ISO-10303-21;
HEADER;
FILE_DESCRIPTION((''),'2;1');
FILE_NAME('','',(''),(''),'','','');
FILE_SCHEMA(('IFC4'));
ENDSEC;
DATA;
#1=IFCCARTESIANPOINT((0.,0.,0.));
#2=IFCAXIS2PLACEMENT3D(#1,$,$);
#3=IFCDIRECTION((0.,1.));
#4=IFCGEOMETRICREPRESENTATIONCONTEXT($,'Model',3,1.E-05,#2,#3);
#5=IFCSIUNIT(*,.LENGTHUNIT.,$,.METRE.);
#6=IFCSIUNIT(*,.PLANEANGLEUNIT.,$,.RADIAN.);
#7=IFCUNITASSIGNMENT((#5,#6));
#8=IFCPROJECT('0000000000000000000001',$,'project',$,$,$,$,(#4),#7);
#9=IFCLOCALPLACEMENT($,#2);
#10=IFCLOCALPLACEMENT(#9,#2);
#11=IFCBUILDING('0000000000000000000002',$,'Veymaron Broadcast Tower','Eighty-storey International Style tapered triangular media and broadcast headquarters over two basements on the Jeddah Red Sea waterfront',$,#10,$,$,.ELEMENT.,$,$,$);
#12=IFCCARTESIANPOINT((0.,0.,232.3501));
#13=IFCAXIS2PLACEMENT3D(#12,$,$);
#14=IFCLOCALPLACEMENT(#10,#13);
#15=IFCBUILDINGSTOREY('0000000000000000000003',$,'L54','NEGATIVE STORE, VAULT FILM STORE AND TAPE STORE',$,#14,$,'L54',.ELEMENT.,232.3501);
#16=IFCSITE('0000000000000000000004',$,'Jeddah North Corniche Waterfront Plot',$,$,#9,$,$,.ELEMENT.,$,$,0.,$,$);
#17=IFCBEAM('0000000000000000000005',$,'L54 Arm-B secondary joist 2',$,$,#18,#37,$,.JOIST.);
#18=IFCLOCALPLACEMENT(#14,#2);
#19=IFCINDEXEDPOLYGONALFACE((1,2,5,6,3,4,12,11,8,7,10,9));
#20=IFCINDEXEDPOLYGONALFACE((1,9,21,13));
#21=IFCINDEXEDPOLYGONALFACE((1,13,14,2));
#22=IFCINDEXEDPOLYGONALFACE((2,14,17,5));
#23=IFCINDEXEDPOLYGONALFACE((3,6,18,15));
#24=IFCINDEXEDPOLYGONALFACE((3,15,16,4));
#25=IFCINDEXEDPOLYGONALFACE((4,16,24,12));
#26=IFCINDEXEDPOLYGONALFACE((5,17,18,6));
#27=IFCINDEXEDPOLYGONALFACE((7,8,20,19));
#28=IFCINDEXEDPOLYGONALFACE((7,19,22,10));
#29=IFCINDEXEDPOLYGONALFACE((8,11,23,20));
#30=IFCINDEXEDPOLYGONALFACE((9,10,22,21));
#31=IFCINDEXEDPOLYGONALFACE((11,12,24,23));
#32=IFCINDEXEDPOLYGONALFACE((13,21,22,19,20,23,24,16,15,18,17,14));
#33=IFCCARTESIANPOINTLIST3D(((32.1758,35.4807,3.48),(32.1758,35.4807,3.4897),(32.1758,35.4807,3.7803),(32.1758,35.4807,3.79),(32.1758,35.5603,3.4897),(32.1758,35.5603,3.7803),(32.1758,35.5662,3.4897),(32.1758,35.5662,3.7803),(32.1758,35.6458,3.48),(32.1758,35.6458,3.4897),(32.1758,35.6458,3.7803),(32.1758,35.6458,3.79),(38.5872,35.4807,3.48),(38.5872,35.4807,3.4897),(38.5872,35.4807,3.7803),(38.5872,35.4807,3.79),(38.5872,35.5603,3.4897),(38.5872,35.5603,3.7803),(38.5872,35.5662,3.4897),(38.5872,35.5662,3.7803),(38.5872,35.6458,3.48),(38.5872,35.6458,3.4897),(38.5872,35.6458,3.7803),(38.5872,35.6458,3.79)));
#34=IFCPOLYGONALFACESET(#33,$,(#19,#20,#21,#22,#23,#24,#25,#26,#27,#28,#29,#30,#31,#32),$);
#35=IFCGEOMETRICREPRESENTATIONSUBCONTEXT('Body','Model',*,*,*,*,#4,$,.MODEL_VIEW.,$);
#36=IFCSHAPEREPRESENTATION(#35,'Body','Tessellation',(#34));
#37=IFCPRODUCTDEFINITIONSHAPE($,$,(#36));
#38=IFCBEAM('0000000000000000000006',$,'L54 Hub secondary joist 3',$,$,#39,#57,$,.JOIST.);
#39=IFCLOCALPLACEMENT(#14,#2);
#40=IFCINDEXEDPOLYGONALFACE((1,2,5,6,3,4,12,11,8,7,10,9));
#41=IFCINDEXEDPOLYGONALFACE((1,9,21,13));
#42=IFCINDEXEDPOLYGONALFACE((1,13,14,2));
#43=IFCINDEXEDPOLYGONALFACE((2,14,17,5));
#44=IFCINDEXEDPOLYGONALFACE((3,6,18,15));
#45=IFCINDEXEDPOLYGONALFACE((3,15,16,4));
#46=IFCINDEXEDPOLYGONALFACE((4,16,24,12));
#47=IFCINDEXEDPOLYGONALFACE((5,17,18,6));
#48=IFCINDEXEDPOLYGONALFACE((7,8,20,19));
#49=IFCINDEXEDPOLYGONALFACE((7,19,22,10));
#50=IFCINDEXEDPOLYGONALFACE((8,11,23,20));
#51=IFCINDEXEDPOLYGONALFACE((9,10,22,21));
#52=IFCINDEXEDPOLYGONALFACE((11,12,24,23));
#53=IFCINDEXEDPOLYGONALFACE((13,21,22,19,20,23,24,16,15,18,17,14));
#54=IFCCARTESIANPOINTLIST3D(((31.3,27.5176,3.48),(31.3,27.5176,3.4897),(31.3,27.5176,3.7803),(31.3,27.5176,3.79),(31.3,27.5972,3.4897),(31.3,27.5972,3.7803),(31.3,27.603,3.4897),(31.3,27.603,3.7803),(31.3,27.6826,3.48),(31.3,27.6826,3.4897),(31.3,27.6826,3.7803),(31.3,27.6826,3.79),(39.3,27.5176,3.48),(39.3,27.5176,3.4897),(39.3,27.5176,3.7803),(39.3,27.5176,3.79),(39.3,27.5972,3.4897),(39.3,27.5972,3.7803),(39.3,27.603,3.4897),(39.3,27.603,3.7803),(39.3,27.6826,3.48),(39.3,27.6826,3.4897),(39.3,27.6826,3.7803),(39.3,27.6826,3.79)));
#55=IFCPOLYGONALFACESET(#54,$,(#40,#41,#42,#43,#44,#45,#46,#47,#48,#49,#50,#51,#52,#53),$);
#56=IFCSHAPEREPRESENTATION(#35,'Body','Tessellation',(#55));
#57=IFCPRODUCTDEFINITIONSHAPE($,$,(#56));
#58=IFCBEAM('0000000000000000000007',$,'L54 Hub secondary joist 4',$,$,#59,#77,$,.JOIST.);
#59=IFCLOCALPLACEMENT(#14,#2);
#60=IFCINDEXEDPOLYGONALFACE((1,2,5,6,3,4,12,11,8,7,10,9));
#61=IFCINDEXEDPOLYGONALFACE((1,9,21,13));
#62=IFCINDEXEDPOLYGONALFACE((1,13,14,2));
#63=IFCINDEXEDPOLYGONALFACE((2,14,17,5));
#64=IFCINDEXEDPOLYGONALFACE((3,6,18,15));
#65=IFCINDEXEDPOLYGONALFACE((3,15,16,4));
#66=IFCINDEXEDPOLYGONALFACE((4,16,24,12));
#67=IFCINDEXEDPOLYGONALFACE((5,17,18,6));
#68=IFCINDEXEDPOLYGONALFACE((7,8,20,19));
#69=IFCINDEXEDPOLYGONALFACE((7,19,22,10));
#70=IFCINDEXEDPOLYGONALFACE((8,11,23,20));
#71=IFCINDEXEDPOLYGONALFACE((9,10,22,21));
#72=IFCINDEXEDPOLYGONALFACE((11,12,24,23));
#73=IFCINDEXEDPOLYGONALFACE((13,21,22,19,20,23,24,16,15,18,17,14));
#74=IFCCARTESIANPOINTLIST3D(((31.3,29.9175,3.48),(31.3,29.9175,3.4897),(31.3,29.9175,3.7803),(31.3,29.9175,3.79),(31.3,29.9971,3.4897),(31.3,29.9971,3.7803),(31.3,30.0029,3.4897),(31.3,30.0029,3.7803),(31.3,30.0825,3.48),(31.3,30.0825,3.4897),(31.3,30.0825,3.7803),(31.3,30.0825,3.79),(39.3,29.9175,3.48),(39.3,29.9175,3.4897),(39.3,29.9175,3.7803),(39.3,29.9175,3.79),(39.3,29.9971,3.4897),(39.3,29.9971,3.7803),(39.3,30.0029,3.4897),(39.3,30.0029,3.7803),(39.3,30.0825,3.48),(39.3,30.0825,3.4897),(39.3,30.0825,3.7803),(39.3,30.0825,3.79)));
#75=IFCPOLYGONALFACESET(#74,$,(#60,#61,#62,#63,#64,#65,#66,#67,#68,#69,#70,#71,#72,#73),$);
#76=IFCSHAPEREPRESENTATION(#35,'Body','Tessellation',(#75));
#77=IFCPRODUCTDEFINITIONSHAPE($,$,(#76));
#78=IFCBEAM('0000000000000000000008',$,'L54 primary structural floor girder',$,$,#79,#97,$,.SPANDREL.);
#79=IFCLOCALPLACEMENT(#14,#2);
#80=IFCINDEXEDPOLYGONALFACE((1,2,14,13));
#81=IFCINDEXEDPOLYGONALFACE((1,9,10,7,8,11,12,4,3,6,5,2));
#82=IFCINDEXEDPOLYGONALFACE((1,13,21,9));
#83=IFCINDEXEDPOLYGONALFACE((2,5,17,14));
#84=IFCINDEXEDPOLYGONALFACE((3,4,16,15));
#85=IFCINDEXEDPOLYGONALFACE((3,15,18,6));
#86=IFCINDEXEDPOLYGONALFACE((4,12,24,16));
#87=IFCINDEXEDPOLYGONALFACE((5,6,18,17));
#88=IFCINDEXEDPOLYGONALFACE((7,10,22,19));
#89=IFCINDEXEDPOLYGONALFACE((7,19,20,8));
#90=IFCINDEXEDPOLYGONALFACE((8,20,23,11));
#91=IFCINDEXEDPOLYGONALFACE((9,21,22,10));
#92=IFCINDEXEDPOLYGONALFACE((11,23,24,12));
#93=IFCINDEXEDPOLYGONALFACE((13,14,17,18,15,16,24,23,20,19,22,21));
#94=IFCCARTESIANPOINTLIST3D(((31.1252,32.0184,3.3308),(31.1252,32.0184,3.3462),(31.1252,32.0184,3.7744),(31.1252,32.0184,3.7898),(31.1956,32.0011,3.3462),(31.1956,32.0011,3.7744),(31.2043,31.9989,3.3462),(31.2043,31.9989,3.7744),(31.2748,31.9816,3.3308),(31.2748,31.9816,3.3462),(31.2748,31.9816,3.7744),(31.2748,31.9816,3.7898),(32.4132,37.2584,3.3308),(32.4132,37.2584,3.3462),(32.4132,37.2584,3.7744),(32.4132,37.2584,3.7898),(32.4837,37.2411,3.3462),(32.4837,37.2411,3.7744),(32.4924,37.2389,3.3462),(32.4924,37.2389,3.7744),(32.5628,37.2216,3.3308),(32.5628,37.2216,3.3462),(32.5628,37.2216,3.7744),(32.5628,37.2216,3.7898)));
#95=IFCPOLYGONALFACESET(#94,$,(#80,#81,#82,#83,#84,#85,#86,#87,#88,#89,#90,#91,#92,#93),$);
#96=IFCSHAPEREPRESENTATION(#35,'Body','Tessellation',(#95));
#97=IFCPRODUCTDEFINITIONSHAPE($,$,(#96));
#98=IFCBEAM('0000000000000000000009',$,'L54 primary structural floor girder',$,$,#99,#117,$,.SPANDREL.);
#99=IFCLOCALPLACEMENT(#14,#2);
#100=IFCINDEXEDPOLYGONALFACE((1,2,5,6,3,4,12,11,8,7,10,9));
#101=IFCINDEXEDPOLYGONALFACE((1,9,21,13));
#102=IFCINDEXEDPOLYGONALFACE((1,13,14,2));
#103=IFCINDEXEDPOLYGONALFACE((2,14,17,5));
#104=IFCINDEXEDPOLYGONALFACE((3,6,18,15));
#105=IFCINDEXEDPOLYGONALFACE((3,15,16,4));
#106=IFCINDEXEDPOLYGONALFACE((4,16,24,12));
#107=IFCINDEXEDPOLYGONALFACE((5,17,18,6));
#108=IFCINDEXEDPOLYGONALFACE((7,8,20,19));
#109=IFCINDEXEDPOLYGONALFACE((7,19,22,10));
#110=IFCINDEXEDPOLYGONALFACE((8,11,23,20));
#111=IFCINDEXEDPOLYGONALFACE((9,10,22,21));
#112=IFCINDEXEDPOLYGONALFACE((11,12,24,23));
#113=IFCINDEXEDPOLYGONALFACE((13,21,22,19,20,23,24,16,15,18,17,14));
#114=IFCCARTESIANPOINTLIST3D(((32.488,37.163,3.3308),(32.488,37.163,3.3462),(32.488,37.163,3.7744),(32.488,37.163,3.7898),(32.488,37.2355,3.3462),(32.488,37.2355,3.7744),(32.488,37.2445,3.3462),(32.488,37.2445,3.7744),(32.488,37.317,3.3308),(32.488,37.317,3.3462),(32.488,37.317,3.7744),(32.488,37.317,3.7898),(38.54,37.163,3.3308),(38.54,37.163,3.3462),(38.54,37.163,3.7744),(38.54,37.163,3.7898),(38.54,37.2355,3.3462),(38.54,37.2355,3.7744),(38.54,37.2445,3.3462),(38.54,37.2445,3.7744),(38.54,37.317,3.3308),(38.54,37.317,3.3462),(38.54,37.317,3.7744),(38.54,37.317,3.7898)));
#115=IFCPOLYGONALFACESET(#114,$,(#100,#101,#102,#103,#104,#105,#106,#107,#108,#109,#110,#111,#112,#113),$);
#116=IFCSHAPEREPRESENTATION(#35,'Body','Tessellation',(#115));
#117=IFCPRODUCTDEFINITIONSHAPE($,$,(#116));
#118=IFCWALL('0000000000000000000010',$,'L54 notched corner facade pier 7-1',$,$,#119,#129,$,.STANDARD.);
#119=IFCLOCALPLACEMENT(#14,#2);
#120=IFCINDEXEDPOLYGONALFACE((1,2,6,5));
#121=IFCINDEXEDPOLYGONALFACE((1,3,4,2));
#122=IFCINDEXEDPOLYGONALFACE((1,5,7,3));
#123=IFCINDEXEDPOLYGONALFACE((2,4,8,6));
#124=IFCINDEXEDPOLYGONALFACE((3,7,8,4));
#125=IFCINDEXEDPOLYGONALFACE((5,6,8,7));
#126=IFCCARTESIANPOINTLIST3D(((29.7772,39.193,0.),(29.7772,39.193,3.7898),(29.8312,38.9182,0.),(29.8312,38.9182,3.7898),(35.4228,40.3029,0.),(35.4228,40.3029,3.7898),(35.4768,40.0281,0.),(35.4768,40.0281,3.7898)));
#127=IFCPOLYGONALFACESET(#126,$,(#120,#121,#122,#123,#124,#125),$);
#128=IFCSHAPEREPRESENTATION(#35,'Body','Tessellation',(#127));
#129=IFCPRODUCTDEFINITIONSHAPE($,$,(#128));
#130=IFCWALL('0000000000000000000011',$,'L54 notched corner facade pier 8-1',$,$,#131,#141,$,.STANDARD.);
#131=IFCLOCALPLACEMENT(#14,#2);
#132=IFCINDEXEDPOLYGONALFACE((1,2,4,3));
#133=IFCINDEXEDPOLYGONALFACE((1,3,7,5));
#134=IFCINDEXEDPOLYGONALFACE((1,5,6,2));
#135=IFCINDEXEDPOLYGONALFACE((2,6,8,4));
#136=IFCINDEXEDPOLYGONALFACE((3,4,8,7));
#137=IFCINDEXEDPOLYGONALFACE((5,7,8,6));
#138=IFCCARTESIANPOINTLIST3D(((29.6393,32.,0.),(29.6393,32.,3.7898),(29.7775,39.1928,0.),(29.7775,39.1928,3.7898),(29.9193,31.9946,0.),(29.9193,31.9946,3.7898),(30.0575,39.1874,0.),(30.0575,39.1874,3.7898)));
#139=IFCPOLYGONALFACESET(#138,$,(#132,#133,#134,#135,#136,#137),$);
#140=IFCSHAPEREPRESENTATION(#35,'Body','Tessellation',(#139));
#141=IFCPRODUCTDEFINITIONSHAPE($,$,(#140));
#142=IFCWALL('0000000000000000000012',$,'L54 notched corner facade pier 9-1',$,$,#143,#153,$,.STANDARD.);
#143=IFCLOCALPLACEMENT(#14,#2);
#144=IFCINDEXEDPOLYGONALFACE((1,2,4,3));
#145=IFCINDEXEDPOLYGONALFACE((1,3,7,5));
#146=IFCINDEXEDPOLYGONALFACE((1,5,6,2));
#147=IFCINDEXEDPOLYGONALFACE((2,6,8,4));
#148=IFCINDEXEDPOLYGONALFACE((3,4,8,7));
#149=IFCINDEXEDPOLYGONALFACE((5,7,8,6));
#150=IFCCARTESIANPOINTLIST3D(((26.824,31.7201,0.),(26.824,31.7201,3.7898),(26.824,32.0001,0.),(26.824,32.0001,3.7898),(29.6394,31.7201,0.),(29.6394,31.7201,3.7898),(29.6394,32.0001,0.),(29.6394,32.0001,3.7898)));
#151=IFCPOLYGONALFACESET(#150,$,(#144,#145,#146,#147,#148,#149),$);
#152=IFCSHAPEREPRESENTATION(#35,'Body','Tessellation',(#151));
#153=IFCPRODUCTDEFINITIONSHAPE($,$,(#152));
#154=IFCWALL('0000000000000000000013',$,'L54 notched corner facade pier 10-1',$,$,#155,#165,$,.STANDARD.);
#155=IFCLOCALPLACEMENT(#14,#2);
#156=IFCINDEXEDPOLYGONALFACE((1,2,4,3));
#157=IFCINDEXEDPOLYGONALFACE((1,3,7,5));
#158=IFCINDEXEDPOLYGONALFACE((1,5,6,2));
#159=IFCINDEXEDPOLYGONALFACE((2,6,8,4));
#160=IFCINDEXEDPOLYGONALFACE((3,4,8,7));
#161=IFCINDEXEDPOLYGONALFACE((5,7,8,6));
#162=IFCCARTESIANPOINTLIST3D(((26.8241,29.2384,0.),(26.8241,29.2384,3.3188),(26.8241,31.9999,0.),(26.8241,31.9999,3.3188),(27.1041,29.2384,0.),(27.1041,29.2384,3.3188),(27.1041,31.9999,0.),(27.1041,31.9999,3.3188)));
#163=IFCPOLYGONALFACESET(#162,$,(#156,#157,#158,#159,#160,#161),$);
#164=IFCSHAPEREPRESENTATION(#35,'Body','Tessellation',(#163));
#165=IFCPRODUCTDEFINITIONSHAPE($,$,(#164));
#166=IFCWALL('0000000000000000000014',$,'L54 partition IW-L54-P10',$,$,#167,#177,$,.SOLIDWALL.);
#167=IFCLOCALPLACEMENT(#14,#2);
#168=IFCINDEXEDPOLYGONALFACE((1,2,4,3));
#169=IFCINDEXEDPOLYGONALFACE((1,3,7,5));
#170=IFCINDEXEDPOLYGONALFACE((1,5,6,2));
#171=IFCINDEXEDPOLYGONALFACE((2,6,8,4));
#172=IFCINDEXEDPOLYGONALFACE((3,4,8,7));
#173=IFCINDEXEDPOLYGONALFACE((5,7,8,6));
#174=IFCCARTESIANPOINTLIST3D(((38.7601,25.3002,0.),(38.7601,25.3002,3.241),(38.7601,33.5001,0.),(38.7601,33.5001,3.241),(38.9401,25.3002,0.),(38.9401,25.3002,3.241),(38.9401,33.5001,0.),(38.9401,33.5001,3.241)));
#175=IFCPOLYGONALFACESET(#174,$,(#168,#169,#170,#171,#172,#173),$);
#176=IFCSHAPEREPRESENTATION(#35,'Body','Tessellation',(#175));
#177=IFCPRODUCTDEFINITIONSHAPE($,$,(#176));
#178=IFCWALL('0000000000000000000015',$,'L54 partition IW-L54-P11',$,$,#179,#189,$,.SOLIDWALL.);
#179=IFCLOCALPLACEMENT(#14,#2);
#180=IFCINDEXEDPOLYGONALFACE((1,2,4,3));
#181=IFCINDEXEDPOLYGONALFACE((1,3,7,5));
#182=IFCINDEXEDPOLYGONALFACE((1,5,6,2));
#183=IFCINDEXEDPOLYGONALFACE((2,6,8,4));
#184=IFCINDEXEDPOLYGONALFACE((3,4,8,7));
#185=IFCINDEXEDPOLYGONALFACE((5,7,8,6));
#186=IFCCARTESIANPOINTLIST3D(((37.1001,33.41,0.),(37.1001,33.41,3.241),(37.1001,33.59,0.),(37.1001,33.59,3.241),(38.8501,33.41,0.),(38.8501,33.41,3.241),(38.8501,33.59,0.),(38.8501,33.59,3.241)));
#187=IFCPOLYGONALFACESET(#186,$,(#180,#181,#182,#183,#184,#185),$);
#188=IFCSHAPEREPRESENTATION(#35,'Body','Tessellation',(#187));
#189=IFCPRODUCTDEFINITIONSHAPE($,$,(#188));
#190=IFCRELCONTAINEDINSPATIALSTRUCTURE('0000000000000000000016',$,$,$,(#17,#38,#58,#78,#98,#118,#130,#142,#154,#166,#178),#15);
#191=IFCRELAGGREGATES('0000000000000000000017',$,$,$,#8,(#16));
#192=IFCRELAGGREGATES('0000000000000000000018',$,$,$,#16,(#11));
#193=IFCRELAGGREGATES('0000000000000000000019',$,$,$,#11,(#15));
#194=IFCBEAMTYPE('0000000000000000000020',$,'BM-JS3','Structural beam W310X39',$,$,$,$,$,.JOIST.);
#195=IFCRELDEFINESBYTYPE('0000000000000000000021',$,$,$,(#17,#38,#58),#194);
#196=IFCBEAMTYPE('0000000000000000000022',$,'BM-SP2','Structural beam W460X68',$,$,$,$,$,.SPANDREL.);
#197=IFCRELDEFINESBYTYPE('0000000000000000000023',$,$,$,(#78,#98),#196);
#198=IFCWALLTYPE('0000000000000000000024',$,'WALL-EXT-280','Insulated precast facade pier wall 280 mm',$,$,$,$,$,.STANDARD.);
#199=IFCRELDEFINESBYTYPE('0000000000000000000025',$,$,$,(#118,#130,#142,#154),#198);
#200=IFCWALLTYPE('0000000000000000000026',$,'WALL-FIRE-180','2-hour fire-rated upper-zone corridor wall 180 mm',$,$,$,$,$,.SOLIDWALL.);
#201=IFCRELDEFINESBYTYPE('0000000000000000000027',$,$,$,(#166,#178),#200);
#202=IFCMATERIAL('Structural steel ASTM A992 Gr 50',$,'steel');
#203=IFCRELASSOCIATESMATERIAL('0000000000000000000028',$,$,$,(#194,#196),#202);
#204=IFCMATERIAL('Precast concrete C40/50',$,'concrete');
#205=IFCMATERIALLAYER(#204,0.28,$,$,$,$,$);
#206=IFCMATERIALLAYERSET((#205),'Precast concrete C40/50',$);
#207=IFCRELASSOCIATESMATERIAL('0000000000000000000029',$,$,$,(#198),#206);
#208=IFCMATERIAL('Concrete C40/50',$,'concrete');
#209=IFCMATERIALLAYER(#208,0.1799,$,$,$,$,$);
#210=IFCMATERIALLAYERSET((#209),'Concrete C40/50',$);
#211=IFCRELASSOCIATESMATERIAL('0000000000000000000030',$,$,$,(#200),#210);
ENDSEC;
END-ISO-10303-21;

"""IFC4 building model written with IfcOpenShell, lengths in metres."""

from ifc_helpers import new_model, si_unit, direction, frame, frame_2d, origin, origin_2d, place, context, subcontext, project, spatial, rectangle, i_section, extrude, material, layer, layer_set, material_profile, profile_set, type_object, element, save


model = new_model("IFC4")

# Units and contexts
model_context = context("Model", 3, precision=1e-05, world=origin(), true_north=direction((0.0, 1.0)))
body_context = subcontext(model_context, "Body", "Model", "MODEL_VIEW")
ifc_project = project(units=[si_unit("LENGTHUNIT", "METRE"), si_unit("PLANEANGLEUNIT", "RADIAN")], contexts=[model_context])

# Site, building, storey
site_placement = place(None, origin())
site = spatial("IfcSite", under=ifc_project, at=site_placement, Name="Jeddah North Corniche Waterfront Plot", CompositionType="ELEMENT", RefElevation=0.0)
building_placement = place(site_placement, origin())
building = spatial("IfcBuilding", under=site, at=building_placement, Name="Veymaron Broadcast Tower", Description="Eighty-storey International Style tapered triangular media and broadcast headquarters over two basements on the Jeddah Red Sea waterfront", CompositionType="ELEMENT")
storey_placement = place(building_placement, frame((0.0, 0.0, 232.3501)))
storey = spatial("IfcBuildingStorey", under=building, at=storey_placement, Name="L54", Description="NEGATIVE STORE, VAULT FILM STORE AND TAPE STORE", LongName="L54", CompositionType="ELEMENT", Elevation=232.3501)

# Shared definitions
ifc_material_1 = material(Name="Structural steel ASTM A992 Gr 50", Category="steel")

# Beams
ifc_material_profile_1 = material_profile(ifc_material_1, i_section(OverallWidth=0.165, OverallDepth=0.3101, WebThickness=0.0059, FlangeThickness=0.0098, at=origin_2d()), Name="W310X39")
ifc_profile_set_1 = profile_set([ifc_material_profile_1], Name="Structural steel ASTM A992 Gr 50")
beam_type_1 = type_object("IfcBeamType", Name="BM-JS3", Description="Structural beam W310X39", PredefinedType="JOIST", material=ifc_profile_set_1)
beam_1_placement = place(storey_placement, frame((32.1758, 35.5632, 3.635), z_axis=(1.0, 0.0, 0.0), x_axis=(0.0, 1.0, 0.0)))
element("IfcBeam", 1, at=beam_1_placement, inside=storey, type_object=beam_type_1, Name="L54 Arm-B secondary joist 2", PredefinedType="JOIST", context=body_context, shape_type="SweptSolid", body=[
    extrude(i_section(OverallWidth=0.165, OverallDepth=0.3101, WebThickness=0.0059, FlangeThickness=0.0098, at=origin_2d()), origin(), (0.0, 0.0, 1.0), 6.4114),
])
for number, where, z_axis, x_axis, name in (
    (2, (31.3, 27.6001, 3.635), (1.0, 0.0, 0.0), (0.0, 1.0, 0.0), "L54 Hub secondary joist 3"),
    (3, (31.3, 30.0, 3.635), (1.0, 0.0, 0.0), (0.0, 1.0, 0.0), "L54 Hub secondary joist 4"),
):
    element("IfcBeam", number, at=place(storey_placement, frame(where, z_axis=z_axis, x_axis=x_axis)), inside=storey, type_object=beam_type_1, Name=name, PredefinedType="JOIST", context=body_context, shape_type="SweptSolid", body=[
        extrude(i_section(OverallWidth=0.165, OverallDepth=0.3101, WebThickness=0.0059, FlangeThickness=0.0098, at=origin_2d()), origin(), (0.0, 0.0, 1.0), 8.0),
    ])
ifc_material_profile_2 = material_profile(ifc_material_1, i_section(OverallWidth=0.1541, OverallDepth=0.459, WebThickness=0.009, FlangeThickness=0.0154, at=origin_2d()), Name="W460X68")
ifc_profile_set_2 = profile_set([ifc_material_profile_2], Name="Structural steel ASTM A992 Gr 50")
beam_type_2 = type_object("IfcBeamType", Name="BM-SP2", Description="Structural beam W460X68", PredefinedType="SPANDREL", material=ifc_profile_set_2)
beam_2_placement = place(storey_placement, frame((31.2, 32.0, 3.5603), z_axis=(0.238712, 0.97109, 0.0), x_axis=(-0.97109, 0.238712, 0.0)))
element("IfcBeam", 4, at=beam_2_placement, inside=storey, type_object=beam_type_2, Name="L54 primary structural floor girder", PredefinedType="SPANDREL", context=body_context, shape_type="SweptSolid", body=[
    extrude(i_section(OverallWidth=0.1541, OverallDepth=0.459, WebThickness=0.009, FlangeThickness=0.0154, at=origin_2d()), origin(), (0.0, 0.0, 1.0), 5.396),
])
beam_3_placement = place(storey_placement, frame((32.488, 37.24, 3.5603), z_axis=(1.0, 0.0, 0.0), x_axis=(0.0, 1.0, 0.0)))
element("IfcBeam", 5, at=beam_3_placement, inside=storey, type_object=beam_type_2, Name="L54 primary structural floor girder", PredefinedType="SPANDREL", context=body_context, shape_type="SweptSolid", body=[
    extrude(i_section(OverallWidth=0.1541, OverallDepth=0.459, WebThickness=0.009, FlangeThickness=0.0154, at=origin_2d()), origin(), (0.0, 0.0, 1.0), 6.052),
])

# Walls
ifc_material_2 = material(Name="Precast concrete C40/50", Category="concrete")
ifc_layer_1 = layer(ifc_material_2, 0.28)
ifc_layer_set_1 = layer_set([ifc_layer_1], Name="Precast concrete C40/50")
wall_type_1 = type_object("IfcWallType", Name="WALL-EXT-280", Description="Insulated precast facade pier wall 280 mm", PredefinedType="STANDARD", material=ifc_layer_set_1)
wall_1_placement = place(storey_placement, frame((35.45, 40.1655, 0.0), z_axis=(0.0, 0.0, 1.0), x_axis=(-0.981218, -0.1929, 0.0)))
element("IfcWall", 6, at=wall_1_placement, inside=storey, type_object=wall_type_1, Name="L54 notched corner facade pier 7-1", PredefinedType="STANDARD", context=body_context, shape_type="SweptSolid", body=[
    extrude(rectangle(XDim=5.7537, YDim=0.28, at=frame_2d((2.877, 0.0))), origin(), (0.0, 0.0, 1.0), 3.7898),
])
wall_2_placement = place(storey_placement, frame((29.9175, 39.1902, 0.0), z_axis=(0.0, 0.0, 1.0), x_axis=(-0.019208, -0.999816, 0.0)))
element("IfcWall", 7, at=wall_2_placement, inside=storey, type_object=wall_type_1, Name="L54 notched corner facade pier 8-1", PredefinedType="STANDARD", context=body_context, shape_type="SweptSolid", body=[
    extrude(rectangle(XDim=7.1941, YDim=0.28, at=frame_2d((3.5972, 0.0))), origin(), (0.0, 0.0, 1.0), 3.7898),
])
wall_3_placement = place(storey_placement, frame((29.6394, 31.8601, 0.0), z_axis=(0.0, 0.0, 1.0), x_axis=(-1.0, 0.0, 0.0)))
element("IfcWall", 8, at=wall_3_placement, inside=storey, type_object=wall_type_1, Name="L54 notched corner facade pier 9-1", PredefinedType="STANDARD", context=body_context, shape_type="SweptSolid", body=[
    extrude(rectangle(XDim=2.8154, YDim=0.28, at=frame_2d((1.4077, 0.0))), origin(), (0.0, 0.0, 1.0), 3.7898),
])
wall_4_placement = place(storey_placement, frame((26.9641, 32.0, 0.0), z_axis=(0.0, 0.0, 1.0), x_axis=(0.0, -1.0, 0.0)))
element("IfcWall", 9, at=wall_4_placement, inside=storey, type_object=wall_type_1, Name="L54 notched corner facade pier 10-1", PredefinedType="STANDARD", context=body_context, shape_type="SweptSolid", body=[
    extrude(rectangle(XDim=2.7615, YDim=0.28, at=frame_2d((1.3809, 0.0))), origin(), (0.0, 0.0, 1.0), 3.3188),
])
ifc_material_3 = material(Name="Concrete C40/50", Category="concrete")
ifc_layer_2 = layer(ifc_material_3, 0.1799)
ifc_layer_set_2 = layer_set([ifc_layer_2], Name="Concrete C40/50")
wall_type_2 = type_object("IfcWallType", Name="WALL-FIRE-180", Description="2-hour fire-rated upper-zone corridor wall 180 mm", PredefinedType="SOLIDWALL", material=ifc_layer_set_2)
wall_5_placement = place(storey_placement, frame((38.8501, 25.3, 0.0), z_axis=(0.0, 0.0, 1.0), x_axis=(0.0, 1.0, 0.0)))
element("IfcWall", 10, at=wall_5_placement, inside=storey, type_object=wall_type_2, Name="L54 partition IW-L54-P10", PredefinedType="SOLIDWALL", context=body_context, shape_type="SweptSolid", body=[
    extrude(rectangle(XDim=8.2, YDim=0.1799, at=frame_2d((4.1001, 0.0))), origin(), (0.0, 0.0, 1.0), 3.241),
])
wall_6_placement = place(storey_placement, frame((37.1001, 33.5, 0.0), z_axis=(0.0, 0.0, 1.0), x_axis=(1.0, 0.0, 0.0)))
element("IfcWall", 11, at=wall_6_placement, inside=storey, type_object=wall_type_2, Name="L54 partition IW-L54-P11", PredefinedType="SOLIDWALL", context=body_context, shape_type="SweptSolid", body=[
    extrude(rectangle(XDim=1.75, YDim=0.1799, at=frame_2d((0.875, 0.0))), origin(), (0.0, 0.0, 1.0), 3.241),
])

save(model, "model.ifc")
